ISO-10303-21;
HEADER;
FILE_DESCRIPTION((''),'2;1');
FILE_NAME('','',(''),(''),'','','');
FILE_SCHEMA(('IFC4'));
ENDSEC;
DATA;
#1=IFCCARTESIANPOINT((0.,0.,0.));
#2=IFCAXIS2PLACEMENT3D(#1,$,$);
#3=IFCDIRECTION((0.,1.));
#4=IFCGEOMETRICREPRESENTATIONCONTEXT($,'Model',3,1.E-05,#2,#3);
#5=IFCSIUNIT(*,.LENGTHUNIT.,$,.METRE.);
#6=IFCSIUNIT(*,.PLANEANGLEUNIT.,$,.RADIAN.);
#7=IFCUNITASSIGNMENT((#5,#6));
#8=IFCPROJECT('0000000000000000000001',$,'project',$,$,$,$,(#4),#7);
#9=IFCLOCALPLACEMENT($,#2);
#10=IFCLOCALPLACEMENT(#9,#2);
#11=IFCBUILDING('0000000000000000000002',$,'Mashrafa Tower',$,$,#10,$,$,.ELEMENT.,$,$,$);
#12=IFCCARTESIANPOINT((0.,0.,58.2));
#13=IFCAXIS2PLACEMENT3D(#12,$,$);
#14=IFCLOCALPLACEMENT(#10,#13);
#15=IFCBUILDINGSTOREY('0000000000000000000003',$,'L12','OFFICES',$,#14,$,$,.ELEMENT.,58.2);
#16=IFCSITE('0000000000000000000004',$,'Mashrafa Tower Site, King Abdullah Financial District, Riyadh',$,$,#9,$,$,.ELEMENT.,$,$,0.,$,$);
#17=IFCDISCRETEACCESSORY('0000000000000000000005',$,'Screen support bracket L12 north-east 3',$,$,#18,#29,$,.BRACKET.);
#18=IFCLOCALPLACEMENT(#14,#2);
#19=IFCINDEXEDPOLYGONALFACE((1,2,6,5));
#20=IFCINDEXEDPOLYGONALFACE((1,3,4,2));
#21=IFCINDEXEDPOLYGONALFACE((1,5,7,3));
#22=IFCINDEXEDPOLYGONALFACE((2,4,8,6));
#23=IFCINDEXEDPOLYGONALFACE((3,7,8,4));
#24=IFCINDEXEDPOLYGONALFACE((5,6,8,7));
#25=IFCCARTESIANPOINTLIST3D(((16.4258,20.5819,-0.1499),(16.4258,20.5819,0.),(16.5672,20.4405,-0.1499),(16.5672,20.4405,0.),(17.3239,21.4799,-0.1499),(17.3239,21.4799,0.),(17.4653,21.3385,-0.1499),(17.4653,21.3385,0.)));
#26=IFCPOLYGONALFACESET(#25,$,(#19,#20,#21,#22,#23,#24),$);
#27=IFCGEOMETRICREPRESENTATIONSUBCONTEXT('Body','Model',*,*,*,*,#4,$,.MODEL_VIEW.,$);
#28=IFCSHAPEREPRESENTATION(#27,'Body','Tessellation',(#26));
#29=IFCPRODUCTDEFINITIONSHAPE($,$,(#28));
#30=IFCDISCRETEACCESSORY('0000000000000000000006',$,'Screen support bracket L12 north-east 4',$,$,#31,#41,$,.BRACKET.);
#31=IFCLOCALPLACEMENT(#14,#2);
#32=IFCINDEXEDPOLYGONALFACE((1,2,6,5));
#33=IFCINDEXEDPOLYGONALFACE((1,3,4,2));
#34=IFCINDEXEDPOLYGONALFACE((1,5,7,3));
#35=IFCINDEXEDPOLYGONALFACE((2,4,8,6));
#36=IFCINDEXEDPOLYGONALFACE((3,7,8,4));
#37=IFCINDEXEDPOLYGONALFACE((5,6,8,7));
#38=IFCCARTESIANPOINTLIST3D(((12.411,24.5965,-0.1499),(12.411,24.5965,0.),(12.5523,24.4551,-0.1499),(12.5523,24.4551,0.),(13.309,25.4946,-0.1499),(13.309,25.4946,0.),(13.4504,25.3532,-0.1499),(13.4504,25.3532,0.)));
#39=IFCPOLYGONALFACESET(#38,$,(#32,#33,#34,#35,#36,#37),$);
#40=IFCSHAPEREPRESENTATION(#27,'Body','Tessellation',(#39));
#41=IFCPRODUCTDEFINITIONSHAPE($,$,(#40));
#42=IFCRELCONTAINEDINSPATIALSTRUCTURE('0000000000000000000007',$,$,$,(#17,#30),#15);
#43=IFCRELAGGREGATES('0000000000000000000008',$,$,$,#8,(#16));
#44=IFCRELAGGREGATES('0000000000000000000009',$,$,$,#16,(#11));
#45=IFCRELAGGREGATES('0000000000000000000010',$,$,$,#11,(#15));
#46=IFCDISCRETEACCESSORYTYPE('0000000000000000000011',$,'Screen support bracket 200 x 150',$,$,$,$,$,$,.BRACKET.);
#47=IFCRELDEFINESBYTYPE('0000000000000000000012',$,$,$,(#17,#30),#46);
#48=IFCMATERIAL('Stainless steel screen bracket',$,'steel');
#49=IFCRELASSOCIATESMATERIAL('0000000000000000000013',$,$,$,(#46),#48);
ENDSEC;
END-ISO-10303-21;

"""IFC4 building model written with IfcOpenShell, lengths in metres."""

from ifc_helpers import new_model, si_unit, direction, frame, origin, origin_2d, place, context, subcontext, project, spatial, rectangle, extrude, source, transform, mapped, material, type_object, type_shapes, element, save


model = new_model("IFC4")

# Units and contexts
model_context = context("Model", 3, precision=1e-05, world=origin(), true_north=direction((0.0, 1.0)))
body_context = subcontext(model_context, "Body", "Model", "MODEL_VIEW")
ifc_project = project(units=[si_unit("LENGTHUNIT", "METRE"), si_unit("PLANEANGLEUNIT", "RADIAN")], contexts=[model_context])

# Site, building, storey
site_placement = place(None, origin())
site = spatial("IfcSite", under=ifc_project, at=site_placement, Name="Mashrafa Tower Site, King Abdullah Financial District, Riyadh", CompositionType="ELEMENT", RefElevation=0.0)
building_placement = place(site_placement, origin())
building = spatial("IfcBuilding", under=site, at=building_placement, Name="Mashrafa Tower", CompositionType="ELEMENT")
storey_placement = place(building_placement, frame((0.0, 0.0, 58.2)))
storey = spatial("IfcBuildingStorey", under=building, at=storey_placement, Name="L12", Description="OFFICES", CompositionType="ELEMENT", Elevation=58.2)

# Discrete accessories
ifc_material_1 = material(Name="Stainless steel screen bracket", Category="steel")
discrete_accessory_type = type_object("IfcDiscreteAccessoryType", Name="Screen support bracket 200 x 150", PredefinedType="BRACKET", material=ifc_material_1)
shared_shape_1 = source(origin(), body_context, "Body", "SweptSolid", [
    extrude(rectangle(XDim=0.2, YDim=1.27, at=origin_2d()), origin(), (0.0, 0.0, 1.0), 0.1499),
])
type_shapes(discrete_accessory_type, [shared_shape_1])
for number, where, z_axis, x_axis, name in (
    (1, (16.9456, 20.9602, -0.1499), (0.0, 0.0, 1.0), (-0.707107, 0.707107, 0.0), "Screen support bracket L12 north-east 3"),
    (2, (12.9307, 24.9749, -0.1499), (0.0, 0.0, 1.0), (-0.707107, 0.707107, 0.0), "Screen support bracket L12 north-east 4"),
):
    element("IfcDiscreteAccessory", number, at=place(storey_placement, frame(where, z_axis=z_axis, x_axis=x_axis)), inside=storey, type_object=discrete_accessory_type, Name=name, PredefinedType="BRACKET", context=body_context, shape_type="MappedRepresentation", body=[
        mapped(shared_shape_1, transform((0.0, 0.0, 0.0))),
    ])

save(model, "model.ifc")
